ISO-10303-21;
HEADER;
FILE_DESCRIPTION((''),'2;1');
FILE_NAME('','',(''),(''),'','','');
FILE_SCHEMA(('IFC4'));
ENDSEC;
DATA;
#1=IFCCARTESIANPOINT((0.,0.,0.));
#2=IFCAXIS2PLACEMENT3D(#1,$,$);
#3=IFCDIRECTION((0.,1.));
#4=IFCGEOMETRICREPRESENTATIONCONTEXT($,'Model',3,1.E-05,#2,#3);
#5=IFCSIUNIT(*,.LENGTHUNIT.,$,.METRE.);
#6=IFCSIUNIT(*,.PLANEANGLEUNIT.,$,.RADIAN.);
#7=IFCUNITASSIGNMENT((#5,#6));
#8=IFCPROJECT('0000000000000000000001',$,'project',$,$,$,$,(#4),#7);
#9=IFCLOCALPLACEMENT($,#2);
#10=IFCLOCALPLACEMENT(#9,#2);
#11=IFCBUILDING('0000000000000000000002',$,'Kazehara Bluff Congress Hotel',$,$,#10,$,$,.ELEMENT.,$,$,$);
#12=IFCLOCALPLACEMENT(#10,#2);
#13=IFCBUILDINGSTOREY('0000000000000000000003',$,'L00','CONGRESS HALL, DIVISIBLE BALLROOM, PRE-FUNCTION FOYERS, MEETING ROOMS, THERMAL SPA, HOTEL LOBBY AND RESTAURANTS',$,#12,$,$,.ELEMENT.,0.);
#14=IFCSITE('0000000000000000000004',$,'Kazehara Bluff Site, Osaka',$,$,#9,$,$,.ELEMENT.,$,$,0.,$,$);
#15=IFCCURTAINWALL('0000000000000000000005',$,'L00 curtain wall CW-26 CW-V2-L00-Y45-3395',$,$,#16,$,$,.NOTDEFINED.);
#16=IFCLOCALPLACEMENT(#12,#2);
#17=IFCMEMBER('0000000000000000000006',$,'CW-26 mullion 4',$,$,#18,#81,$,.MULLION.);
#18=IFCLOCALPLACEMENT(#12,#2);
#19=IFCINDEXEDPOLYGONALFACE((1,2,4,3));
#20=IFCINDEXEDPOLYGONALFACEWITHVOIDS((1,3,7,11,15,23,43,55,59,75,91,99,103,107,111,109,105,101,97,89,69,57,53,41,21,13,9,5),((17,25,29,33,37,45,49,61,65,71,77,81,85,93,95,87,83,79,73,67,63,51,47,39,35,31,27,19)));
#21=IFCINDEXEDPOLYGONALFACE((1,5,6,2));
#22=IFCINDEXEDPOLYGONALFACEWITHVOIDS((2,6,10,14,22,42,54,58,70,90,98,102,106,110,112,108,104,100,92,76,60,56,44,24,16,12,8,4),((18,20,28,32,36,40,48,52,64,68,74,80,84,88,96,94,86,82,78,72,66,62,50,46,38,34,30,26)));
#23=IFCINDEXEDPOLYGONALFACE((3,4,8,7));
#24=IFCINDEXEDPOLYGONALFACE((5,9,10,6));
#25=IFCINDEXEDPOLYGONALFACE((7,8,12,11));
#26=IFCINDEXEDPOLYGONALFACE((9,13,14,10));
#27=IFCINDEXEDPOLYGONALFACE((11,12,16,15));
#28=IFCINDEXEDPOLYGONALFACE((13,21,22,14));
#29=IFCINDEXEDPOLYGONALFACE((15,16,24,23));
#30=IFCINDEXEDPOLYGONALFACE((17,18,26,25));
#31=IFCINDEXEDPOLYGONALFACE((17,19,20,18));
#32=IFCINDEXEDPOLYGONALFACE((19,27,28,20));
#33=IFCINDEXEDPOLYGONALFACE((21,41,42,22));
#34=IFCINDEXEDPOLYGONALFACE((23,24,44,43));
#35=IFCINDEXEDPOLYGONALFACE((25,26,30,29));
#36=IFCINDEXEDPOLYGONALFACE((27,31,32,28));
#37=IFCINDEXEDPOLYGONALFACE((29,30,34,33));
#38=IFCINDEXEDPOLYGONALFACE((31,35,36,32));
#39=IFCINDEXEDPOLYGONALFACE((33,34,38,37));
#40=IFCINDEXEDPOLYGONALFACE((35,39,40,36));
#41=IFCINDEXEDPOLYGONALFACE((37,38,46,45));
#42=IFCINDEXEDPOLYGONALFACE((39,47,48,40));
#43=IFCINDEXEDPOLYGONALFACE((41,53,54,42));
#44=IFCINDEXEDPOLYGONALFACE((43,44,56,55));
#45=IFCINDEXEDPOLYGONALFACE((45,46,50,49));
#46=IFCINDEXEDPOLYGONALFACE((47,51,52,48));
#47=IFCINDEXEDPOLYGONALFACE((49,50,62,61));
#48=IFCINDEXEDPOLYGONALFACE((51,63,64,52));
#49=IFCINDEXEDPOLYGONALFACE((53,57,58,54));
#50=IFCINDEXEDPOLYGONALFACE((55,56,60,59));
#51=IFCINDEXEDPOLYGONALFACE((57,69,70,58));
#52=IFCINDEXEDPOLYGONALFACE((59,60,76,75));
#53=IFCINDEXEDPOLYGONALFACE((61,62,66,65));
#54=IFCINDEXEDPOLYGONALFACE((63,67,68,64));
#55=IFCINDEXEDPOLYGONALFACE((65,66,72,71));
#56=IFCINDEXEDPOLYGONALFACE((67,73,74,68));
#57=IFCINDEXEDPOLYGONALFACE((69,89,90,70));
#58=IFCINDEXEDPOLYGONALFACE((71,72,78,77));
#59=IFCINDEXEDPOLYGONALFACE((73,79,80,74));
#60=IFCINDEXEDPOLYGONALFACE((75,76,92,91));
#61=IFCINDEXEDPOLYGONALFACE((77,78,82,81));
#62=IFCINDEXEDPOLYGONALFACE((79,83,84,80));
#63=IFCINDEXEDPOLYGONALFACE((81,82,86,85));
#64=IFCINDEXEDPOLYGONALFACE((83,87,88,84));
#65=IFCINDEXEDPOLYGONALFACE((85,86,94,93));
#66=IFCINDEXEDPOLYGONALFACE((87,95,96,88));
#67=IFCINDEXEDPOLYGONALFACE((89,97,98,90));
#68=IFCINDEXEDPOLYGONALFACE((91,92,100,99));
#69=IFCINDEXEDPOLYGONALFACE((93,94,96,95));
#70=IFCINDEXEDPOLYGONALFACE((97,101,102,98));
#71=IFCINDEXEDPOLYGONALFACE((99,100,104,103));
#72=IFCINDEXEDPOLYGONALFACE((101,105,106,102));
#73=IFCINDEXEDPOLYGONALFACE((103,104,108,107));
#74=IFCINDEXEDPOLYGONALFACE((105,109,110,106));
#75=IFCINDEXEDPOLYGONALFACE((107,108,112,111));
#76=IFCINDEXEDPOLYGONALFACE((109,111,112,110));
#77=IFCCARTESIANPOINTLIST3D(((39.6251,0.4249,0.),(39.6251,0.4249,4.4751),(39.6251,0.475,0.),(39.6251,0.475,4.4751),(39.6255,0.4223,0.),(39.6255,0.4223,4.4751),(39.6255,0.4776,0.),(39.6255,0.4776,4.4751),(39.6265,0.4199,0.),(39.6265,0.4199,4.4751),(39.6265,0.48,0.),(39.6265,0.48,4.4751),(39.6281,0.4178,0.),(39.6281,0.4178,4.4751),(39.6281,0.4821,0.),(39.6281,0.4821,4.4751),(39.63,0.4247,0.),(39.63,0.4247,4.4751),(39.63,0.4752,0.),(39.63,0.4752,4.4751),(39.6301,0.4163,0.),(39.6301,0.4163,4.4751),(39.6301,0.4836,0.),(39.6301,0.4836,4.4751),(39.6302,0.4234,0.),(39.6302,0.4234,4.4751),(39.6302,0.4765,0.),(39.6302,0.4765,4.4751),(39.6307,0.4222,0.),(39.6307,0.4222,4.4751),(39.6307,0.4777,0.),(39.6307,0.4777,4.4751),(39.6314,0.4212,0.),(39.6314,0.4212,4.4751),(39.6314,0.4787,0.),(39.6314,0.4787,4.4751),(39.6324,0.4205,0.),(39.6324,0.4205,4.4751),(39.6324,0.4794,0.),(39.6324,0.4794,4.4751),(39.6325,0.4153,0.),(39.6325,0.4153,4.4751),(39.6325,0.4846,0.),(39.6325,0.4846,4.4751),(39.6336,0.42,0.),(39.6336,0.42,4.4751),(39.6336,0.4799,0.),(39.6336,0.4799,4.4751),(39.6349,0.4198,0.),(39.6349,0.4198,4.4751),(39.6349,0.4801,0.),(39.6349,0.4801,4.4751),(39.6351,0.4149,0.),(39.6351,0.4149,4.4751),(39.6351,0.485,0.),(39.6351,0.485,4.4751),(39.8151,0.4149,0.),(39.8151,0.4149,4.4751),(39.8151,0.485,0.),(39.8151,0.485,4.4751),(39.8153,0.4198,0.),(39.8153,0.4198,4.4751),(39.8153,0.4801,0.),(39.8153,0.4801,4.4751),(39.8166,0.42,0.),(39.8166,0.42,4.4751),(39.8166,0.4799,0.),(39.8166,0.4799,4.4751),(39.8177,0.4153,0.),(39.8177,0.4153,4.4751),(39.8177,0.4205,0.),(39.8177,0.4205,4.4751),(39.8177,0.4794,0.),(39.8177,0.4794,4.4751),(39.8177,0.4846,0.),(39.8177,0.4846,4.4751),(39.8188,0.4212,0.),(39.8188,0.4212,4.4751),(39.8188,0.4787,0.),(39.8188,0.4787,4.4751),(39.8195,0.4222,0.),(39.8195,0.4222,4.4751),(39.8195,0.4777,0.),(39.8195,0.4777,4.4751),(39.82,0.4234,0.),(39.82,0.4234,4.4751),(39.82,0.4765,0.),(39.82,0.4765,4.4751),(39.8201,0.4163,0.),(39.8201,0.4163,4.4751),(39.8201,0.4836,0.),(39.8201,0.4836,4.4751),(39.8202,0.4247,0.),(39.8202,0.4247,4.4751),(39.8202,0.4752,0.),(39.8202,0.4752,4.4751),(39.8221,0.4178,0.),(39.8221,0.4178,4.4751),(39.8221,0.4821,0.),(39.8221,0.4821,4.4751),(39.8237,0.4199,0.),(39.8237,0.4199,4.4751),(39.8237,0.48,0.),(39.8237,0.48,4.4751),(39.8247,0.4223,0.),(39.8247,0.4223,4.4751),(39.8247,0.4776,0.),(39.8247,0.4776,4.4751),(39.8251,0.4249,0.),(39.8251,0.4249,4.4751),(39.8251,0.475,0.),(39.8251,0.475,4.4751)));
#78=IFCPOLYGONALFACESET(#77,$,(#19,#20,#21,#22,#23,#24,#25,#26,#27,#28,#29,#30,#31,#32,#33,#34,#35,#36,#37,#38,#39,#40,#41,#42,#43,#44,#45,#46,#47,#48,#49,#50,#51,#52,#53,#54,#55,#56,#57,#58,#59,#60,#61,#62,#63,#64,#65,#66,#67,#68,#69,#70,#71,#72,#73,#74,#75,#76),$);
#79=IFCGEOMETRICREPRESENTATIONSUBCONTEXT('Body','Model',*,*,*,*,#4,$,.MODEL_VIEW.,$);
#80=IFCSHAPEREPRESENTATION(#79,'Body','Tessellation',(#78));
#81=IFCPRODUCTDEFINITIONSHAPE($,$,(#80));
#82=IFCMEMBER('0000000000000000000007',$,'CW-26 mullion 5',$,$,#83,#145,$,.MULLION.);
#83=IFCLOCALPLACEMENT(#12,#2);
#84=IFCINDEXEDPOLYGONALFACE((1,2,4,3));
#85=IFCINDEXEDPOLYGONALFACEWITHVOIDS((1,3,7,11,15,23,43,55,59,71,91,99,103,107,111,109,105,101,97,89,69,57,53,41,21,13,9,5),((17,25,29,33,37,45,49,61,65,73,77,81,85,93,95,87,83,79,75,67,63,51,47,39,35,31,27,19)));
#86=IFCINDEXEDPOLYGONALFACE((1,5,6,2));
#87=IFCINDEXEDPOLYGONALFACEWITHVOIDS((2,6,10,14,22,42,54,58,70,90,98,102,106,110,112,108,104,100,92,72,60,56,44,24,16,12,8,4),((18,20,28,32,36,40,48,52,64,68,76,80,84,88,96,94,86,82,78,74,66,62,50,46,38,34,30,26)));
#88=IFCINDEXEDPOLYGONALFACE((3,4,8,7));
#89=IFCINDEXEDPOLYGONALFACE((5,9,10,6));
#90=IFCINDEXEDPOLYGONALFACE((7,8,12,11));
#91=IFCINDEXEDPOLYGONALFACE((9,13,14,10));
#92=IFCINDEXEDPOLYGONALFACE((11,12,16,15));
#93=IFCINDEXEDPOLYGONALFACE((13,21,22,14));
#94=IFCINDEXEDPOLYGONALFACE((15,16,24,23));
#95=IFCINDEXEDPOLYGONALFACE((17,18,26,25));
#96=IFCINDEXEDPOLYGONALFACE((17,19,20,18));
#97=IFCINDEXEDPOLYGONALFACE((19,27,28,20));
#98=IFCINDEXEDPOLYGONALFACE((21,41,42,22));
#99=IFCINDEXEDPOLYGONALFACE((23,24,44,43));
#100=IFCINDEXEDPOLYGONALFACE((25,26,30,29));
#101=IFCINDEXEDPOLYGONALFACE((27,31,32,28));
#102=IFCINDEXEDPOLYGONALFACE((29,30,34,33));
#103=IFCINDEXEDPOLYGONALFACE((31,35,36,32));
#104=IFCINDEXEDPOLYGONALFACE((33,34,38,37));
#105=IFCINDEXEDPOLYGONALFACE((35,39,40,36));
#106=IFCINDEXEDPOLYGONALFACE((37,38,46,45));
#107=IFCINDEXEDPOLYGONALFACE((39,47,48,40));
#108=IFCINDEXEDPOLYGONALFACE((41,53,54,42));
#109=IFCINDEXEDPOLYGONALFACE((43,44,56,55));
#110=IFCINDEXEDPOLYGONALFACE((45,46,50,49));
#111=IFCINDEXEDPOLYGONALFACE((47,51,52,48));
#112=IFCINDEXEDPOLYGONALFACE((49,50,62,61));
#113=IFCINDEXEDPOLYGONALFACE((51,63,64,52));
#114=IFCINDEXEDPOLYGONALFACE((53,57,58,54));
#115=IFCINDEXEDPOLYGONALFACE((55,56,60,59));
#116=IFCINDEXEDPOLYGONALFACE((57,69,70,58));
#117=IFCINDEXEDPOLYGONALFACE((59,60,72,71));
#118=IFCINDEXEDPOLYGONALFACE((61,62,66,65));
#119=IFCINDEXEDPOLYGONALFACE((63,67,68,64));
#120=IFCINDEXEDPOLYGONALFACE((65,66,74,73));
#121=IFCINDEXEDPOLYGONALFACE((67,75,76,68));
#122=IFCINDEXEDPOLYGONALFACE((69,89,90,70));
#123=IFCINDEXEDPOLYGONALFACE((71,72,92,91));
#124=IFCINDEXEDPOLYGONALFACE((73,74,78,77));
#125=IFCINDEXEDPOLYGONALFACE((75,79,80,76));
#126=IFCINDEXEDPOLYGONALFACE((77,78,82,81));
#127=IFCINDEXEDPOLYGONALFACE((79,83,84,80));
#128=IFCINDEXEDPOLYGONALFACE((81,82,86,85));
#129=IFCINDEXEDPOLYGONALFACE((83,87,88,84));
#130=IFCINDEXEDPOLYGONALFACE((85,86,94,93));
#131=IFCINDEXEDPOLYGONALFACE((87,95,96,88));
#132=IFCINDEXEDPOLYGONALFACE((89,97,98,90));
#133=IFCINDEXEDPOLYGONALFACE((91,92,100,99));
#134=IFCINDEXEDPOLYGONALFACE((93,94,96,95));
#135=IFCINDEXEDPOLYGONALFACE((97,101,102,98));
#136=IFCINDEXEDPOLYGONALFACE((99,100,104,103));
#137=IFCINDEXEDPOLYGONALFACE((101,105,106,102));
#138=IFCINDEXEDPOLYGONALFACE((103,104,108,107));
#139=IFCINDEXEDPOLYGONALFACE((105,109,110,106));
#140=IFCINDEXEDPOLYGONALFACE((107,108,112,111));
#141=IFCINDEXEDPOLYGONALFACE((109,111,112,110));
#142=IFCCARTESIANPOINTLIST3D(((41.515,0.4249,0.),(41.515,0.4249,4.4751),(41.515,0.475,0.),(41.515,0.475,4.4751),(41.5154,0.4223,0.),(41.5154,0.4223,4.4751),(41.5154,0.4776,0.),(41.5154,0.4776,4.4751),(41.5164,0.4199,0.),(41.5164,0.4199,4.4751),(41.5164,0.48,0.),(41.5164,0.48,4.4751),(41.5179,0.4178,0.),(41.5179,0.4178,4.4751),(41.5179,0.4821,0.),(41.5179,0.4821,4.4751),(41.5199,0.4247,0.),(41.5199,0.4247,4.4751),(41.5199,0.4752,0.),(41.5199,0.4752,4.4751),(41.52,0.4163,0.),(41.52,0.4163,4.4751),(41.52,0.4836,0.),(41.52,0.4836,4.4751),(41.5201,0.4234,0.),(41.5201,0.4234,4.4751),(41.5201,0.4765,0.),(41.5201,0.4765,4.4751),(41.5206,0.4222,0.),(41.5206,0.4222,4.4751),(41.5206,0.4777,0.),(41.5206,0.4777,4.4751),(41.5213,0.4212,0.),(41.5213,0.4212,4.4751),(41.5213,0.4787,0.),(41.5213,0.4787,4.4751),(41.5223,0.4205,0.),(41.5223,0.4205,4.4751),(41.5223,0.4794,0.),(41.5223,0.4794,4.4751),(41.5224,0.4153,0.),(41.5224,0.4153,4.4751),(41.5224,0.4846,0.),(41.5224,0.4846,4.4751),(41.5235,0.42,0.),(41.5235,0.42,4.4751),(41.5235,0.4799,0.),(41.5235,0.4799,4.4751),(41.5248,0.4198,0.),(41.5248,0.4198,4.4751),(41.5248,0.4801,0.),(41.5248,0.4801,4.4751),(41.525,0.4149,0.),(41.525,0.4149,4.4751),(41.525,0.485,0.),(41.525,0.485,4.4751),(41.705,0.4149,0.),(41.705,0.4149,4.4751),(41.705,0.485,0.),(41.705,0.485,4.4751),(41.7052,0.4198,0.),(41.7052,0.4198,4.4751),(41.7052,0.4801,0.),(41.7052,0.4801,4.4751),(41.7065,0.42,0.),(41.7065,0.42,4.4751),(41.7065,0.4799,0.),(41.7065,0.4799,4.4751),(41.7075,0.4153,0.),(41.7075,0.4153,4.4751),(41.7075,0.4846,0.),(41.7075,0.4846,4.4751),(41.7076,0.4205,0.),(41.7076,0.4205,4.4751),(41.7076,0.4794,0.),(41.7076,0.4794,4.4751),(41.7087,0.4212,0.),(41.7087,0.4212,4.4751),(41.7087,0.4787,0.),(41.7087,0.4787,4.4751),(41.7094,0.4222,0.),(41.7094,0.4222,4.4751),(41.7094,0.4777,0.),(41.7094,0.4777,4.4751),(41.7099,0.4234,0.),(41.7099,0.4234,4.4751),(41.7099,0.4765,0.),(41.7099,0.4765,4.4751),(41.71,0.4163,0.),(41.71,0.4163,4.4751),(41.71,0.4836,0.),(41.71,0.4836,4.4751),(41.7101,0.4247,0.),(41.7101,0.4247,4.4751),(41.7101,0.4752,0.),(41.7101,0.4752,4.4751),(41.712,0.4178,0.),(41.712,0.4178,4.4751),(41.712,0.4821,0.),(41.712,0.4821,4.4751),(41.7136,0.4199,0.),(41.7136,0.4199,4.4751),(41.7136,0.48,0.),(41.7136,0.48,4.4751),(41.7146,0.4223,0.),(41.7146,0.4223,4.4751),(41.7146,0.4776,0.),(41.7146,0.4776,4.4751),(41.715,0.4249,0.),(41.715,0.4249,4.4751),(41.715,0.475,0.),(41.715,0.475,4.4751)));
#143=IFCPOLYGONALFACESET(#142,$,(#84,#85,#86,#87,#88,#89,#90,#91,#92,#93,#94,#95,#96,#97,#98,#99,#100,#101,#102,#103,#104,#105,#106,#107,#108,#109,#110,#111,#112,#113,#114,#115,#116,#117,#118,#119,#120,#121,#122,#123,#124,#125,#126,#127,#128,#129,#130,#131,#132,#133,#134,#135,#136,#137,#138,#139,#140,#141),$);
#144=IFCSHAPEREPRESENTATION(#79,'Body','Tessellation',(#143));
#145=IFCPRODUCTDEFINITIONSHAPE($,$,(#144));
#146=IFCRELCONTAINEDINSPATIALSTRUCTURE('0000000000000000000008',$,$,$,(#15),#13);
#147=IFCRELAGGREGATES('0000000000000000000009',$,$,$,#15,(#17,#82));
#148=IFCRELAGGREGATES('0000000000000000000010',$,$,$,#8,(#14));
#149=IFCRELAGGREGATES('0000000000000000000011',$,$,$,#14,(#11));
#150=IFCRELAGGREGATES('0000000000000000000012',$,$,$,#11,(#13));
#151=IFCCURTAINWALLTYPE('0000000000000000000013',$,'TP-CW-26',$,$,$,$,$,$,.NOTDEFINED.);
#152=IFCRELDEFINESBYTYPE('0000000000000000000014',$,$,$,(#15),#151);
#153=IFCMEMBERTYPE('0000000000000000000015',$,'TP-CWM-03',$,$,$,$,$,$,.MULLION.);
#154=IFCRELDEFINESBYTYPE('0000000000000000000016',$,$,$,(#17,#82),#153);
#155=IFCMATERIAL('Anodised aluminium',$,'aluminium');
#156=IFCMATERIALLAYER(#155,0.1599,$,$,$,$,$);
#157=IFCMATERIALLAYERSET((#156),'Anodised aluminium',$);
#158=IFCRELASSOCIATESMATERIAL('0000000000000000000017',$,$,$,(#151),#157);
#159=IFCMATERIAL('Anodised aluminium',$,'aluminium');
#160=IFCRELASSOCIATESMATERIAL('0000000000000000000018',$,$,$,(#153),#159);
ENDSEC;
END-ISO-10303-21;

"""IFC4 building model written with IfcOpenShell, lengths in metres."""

from ifc_helpers import new_model, si_unit, direction, frame, origin, origin_2d, place, context, subcontext, project, spatial, hollow_rectangle, extrude, material, layer, layer_set, material_profile, profile_set, type_object, element, aggregate, save


model = new_model("IFC4")

# Units and contexts
model_context = context("Model", 3, precision=1e-05, world=origin(), true_north=direction((0.0, 1.0)))
body_context = subcontext(model_context, "Body", "Model", "MODEL_VIEW")
ifc_project = project(units=[si_unit("LENGTHUNIT", "METRE"), si_unit("PLANEANGLEUNIT", "RADIAN")], contexts=[model_context])

# Site, building, storey
site_placement = place(None, origin())
site = spatial("IfcSite", under=ifc_project, at=site_placement, Name="Kazehara Bluff Site, Osaka", CompositionType="ELEMENT", RefElevation=0.0)
building_placement = place(site_placement, origin())
building = spatial("IfcBuilding", under=site, at=building_placement, Name="Kazehara Bluff Congress Hotel", CompositionType="ELEMENT")
storey_placement = place(building_placement, origin())
storey = spatial("IfcBuildingStorey", under=building, at=storey_placement, Name="L00", Description="CONGRESS HALL, DIVISIBLE BALLROOM, PRE-FUNCTION FOYERS, MEETING ROOMS, THERMAL SPA, HOTEL LOBBY AND RESTAURANTS", CompositionType="ELEMENT", Elevation=0.0)

# Curtain wall, members
ifc_material_1 = material(Name="Anodised aluminium", Category="aluminium")
ifc_layer_1 = layer(ifc_material_1, 0.1599)
ifc_layer_set_1 = layer_set([ifc_layer_1], Name="Anodised aluminium")
curtain_wall_type = type_object("IfcCurtainWallType", Name="TP-CW-26", PredefinedType="NOTDEFINED", material=ifc_layer_set_1)
curtain_wall_placement = place(storey_placement, origin())
curtain_wall = element("IfcCurtainWall", 1, at=curtain_wall_placement, inside=storey, type_object=curtain_wall_type, Name="L00 curtain wall CW-26 CW-V2-L00-Y45-3395", PredefinedType="NOTDEFINED")
ifc_material_2 = material(Name="Anodised aluminium", Category="aluminium")
ifc_material_profile_1 = material_profile(ifc_material_2, hollow_rectangle(XDim=0.0701, YDim=0.2, WallThickness=0.0049, InnerFilletRadius=0.0049, OuterFilletRadius=0.01, at=origin_2d()))
ifc_profile_set_1 = profile_set([ifc_material_profile_1], Name="Anodised aluminium")
member_type_1 = type_object("IfcMemberType", Name="TP-CWM-03", PredefinedType="MULLION", material=ifc_profile_set_1)
member_1_placement = place(storey_placement, frame((39.7251, 0.45, 0.0), z_axis=(0.0, 0.0, 1.0), x_axis=(0.0, 1.0, 0.0)))
member_1 = element("IfcMember", 2, at=member_1_placement, type_object=member_type_1, Name="CW-26 mullion 4", PredefinedType="MULLION", context=body_context, shape_type="SweptSolid", body=[
    extrude(hollow_rectangle(XDim=0.0701, YDim=0.2, WallThickness=0.0049, InnerFilletRadius=0.0049, OuterFilletRadius=0.01, at=origin_2d()), origin(), (0.0, 0.0, 1.0), 4.4751),
])
member_2_placement = place(storey_placement, frame((41.615, 0.45, 0.0), z_axis=(0.0, 0.0, 1.0), x_axis=(0.0, 1.0, 0.0)))
member_2 = element("IfcMember", 3, at=member_2_placement, type_object=member_type_1, Name="CW-26 mullion 5", PredefinedType="MULLION", context=body_context, shape_type="SweptSolid", body=[
    extrude(hollow_rectangle(XDim=0.0701, YDim=0.2, WallThickness=0.0049, InnerFilletRadius=0.0049, OuterFilletRadius=0.01, at=origin_2d()), origin(), (0.0, 0.0, 1.0), 4.4751),
])

aggregate(curtain_wall, [member_1, member_2])

save(model, "model.ifc")
